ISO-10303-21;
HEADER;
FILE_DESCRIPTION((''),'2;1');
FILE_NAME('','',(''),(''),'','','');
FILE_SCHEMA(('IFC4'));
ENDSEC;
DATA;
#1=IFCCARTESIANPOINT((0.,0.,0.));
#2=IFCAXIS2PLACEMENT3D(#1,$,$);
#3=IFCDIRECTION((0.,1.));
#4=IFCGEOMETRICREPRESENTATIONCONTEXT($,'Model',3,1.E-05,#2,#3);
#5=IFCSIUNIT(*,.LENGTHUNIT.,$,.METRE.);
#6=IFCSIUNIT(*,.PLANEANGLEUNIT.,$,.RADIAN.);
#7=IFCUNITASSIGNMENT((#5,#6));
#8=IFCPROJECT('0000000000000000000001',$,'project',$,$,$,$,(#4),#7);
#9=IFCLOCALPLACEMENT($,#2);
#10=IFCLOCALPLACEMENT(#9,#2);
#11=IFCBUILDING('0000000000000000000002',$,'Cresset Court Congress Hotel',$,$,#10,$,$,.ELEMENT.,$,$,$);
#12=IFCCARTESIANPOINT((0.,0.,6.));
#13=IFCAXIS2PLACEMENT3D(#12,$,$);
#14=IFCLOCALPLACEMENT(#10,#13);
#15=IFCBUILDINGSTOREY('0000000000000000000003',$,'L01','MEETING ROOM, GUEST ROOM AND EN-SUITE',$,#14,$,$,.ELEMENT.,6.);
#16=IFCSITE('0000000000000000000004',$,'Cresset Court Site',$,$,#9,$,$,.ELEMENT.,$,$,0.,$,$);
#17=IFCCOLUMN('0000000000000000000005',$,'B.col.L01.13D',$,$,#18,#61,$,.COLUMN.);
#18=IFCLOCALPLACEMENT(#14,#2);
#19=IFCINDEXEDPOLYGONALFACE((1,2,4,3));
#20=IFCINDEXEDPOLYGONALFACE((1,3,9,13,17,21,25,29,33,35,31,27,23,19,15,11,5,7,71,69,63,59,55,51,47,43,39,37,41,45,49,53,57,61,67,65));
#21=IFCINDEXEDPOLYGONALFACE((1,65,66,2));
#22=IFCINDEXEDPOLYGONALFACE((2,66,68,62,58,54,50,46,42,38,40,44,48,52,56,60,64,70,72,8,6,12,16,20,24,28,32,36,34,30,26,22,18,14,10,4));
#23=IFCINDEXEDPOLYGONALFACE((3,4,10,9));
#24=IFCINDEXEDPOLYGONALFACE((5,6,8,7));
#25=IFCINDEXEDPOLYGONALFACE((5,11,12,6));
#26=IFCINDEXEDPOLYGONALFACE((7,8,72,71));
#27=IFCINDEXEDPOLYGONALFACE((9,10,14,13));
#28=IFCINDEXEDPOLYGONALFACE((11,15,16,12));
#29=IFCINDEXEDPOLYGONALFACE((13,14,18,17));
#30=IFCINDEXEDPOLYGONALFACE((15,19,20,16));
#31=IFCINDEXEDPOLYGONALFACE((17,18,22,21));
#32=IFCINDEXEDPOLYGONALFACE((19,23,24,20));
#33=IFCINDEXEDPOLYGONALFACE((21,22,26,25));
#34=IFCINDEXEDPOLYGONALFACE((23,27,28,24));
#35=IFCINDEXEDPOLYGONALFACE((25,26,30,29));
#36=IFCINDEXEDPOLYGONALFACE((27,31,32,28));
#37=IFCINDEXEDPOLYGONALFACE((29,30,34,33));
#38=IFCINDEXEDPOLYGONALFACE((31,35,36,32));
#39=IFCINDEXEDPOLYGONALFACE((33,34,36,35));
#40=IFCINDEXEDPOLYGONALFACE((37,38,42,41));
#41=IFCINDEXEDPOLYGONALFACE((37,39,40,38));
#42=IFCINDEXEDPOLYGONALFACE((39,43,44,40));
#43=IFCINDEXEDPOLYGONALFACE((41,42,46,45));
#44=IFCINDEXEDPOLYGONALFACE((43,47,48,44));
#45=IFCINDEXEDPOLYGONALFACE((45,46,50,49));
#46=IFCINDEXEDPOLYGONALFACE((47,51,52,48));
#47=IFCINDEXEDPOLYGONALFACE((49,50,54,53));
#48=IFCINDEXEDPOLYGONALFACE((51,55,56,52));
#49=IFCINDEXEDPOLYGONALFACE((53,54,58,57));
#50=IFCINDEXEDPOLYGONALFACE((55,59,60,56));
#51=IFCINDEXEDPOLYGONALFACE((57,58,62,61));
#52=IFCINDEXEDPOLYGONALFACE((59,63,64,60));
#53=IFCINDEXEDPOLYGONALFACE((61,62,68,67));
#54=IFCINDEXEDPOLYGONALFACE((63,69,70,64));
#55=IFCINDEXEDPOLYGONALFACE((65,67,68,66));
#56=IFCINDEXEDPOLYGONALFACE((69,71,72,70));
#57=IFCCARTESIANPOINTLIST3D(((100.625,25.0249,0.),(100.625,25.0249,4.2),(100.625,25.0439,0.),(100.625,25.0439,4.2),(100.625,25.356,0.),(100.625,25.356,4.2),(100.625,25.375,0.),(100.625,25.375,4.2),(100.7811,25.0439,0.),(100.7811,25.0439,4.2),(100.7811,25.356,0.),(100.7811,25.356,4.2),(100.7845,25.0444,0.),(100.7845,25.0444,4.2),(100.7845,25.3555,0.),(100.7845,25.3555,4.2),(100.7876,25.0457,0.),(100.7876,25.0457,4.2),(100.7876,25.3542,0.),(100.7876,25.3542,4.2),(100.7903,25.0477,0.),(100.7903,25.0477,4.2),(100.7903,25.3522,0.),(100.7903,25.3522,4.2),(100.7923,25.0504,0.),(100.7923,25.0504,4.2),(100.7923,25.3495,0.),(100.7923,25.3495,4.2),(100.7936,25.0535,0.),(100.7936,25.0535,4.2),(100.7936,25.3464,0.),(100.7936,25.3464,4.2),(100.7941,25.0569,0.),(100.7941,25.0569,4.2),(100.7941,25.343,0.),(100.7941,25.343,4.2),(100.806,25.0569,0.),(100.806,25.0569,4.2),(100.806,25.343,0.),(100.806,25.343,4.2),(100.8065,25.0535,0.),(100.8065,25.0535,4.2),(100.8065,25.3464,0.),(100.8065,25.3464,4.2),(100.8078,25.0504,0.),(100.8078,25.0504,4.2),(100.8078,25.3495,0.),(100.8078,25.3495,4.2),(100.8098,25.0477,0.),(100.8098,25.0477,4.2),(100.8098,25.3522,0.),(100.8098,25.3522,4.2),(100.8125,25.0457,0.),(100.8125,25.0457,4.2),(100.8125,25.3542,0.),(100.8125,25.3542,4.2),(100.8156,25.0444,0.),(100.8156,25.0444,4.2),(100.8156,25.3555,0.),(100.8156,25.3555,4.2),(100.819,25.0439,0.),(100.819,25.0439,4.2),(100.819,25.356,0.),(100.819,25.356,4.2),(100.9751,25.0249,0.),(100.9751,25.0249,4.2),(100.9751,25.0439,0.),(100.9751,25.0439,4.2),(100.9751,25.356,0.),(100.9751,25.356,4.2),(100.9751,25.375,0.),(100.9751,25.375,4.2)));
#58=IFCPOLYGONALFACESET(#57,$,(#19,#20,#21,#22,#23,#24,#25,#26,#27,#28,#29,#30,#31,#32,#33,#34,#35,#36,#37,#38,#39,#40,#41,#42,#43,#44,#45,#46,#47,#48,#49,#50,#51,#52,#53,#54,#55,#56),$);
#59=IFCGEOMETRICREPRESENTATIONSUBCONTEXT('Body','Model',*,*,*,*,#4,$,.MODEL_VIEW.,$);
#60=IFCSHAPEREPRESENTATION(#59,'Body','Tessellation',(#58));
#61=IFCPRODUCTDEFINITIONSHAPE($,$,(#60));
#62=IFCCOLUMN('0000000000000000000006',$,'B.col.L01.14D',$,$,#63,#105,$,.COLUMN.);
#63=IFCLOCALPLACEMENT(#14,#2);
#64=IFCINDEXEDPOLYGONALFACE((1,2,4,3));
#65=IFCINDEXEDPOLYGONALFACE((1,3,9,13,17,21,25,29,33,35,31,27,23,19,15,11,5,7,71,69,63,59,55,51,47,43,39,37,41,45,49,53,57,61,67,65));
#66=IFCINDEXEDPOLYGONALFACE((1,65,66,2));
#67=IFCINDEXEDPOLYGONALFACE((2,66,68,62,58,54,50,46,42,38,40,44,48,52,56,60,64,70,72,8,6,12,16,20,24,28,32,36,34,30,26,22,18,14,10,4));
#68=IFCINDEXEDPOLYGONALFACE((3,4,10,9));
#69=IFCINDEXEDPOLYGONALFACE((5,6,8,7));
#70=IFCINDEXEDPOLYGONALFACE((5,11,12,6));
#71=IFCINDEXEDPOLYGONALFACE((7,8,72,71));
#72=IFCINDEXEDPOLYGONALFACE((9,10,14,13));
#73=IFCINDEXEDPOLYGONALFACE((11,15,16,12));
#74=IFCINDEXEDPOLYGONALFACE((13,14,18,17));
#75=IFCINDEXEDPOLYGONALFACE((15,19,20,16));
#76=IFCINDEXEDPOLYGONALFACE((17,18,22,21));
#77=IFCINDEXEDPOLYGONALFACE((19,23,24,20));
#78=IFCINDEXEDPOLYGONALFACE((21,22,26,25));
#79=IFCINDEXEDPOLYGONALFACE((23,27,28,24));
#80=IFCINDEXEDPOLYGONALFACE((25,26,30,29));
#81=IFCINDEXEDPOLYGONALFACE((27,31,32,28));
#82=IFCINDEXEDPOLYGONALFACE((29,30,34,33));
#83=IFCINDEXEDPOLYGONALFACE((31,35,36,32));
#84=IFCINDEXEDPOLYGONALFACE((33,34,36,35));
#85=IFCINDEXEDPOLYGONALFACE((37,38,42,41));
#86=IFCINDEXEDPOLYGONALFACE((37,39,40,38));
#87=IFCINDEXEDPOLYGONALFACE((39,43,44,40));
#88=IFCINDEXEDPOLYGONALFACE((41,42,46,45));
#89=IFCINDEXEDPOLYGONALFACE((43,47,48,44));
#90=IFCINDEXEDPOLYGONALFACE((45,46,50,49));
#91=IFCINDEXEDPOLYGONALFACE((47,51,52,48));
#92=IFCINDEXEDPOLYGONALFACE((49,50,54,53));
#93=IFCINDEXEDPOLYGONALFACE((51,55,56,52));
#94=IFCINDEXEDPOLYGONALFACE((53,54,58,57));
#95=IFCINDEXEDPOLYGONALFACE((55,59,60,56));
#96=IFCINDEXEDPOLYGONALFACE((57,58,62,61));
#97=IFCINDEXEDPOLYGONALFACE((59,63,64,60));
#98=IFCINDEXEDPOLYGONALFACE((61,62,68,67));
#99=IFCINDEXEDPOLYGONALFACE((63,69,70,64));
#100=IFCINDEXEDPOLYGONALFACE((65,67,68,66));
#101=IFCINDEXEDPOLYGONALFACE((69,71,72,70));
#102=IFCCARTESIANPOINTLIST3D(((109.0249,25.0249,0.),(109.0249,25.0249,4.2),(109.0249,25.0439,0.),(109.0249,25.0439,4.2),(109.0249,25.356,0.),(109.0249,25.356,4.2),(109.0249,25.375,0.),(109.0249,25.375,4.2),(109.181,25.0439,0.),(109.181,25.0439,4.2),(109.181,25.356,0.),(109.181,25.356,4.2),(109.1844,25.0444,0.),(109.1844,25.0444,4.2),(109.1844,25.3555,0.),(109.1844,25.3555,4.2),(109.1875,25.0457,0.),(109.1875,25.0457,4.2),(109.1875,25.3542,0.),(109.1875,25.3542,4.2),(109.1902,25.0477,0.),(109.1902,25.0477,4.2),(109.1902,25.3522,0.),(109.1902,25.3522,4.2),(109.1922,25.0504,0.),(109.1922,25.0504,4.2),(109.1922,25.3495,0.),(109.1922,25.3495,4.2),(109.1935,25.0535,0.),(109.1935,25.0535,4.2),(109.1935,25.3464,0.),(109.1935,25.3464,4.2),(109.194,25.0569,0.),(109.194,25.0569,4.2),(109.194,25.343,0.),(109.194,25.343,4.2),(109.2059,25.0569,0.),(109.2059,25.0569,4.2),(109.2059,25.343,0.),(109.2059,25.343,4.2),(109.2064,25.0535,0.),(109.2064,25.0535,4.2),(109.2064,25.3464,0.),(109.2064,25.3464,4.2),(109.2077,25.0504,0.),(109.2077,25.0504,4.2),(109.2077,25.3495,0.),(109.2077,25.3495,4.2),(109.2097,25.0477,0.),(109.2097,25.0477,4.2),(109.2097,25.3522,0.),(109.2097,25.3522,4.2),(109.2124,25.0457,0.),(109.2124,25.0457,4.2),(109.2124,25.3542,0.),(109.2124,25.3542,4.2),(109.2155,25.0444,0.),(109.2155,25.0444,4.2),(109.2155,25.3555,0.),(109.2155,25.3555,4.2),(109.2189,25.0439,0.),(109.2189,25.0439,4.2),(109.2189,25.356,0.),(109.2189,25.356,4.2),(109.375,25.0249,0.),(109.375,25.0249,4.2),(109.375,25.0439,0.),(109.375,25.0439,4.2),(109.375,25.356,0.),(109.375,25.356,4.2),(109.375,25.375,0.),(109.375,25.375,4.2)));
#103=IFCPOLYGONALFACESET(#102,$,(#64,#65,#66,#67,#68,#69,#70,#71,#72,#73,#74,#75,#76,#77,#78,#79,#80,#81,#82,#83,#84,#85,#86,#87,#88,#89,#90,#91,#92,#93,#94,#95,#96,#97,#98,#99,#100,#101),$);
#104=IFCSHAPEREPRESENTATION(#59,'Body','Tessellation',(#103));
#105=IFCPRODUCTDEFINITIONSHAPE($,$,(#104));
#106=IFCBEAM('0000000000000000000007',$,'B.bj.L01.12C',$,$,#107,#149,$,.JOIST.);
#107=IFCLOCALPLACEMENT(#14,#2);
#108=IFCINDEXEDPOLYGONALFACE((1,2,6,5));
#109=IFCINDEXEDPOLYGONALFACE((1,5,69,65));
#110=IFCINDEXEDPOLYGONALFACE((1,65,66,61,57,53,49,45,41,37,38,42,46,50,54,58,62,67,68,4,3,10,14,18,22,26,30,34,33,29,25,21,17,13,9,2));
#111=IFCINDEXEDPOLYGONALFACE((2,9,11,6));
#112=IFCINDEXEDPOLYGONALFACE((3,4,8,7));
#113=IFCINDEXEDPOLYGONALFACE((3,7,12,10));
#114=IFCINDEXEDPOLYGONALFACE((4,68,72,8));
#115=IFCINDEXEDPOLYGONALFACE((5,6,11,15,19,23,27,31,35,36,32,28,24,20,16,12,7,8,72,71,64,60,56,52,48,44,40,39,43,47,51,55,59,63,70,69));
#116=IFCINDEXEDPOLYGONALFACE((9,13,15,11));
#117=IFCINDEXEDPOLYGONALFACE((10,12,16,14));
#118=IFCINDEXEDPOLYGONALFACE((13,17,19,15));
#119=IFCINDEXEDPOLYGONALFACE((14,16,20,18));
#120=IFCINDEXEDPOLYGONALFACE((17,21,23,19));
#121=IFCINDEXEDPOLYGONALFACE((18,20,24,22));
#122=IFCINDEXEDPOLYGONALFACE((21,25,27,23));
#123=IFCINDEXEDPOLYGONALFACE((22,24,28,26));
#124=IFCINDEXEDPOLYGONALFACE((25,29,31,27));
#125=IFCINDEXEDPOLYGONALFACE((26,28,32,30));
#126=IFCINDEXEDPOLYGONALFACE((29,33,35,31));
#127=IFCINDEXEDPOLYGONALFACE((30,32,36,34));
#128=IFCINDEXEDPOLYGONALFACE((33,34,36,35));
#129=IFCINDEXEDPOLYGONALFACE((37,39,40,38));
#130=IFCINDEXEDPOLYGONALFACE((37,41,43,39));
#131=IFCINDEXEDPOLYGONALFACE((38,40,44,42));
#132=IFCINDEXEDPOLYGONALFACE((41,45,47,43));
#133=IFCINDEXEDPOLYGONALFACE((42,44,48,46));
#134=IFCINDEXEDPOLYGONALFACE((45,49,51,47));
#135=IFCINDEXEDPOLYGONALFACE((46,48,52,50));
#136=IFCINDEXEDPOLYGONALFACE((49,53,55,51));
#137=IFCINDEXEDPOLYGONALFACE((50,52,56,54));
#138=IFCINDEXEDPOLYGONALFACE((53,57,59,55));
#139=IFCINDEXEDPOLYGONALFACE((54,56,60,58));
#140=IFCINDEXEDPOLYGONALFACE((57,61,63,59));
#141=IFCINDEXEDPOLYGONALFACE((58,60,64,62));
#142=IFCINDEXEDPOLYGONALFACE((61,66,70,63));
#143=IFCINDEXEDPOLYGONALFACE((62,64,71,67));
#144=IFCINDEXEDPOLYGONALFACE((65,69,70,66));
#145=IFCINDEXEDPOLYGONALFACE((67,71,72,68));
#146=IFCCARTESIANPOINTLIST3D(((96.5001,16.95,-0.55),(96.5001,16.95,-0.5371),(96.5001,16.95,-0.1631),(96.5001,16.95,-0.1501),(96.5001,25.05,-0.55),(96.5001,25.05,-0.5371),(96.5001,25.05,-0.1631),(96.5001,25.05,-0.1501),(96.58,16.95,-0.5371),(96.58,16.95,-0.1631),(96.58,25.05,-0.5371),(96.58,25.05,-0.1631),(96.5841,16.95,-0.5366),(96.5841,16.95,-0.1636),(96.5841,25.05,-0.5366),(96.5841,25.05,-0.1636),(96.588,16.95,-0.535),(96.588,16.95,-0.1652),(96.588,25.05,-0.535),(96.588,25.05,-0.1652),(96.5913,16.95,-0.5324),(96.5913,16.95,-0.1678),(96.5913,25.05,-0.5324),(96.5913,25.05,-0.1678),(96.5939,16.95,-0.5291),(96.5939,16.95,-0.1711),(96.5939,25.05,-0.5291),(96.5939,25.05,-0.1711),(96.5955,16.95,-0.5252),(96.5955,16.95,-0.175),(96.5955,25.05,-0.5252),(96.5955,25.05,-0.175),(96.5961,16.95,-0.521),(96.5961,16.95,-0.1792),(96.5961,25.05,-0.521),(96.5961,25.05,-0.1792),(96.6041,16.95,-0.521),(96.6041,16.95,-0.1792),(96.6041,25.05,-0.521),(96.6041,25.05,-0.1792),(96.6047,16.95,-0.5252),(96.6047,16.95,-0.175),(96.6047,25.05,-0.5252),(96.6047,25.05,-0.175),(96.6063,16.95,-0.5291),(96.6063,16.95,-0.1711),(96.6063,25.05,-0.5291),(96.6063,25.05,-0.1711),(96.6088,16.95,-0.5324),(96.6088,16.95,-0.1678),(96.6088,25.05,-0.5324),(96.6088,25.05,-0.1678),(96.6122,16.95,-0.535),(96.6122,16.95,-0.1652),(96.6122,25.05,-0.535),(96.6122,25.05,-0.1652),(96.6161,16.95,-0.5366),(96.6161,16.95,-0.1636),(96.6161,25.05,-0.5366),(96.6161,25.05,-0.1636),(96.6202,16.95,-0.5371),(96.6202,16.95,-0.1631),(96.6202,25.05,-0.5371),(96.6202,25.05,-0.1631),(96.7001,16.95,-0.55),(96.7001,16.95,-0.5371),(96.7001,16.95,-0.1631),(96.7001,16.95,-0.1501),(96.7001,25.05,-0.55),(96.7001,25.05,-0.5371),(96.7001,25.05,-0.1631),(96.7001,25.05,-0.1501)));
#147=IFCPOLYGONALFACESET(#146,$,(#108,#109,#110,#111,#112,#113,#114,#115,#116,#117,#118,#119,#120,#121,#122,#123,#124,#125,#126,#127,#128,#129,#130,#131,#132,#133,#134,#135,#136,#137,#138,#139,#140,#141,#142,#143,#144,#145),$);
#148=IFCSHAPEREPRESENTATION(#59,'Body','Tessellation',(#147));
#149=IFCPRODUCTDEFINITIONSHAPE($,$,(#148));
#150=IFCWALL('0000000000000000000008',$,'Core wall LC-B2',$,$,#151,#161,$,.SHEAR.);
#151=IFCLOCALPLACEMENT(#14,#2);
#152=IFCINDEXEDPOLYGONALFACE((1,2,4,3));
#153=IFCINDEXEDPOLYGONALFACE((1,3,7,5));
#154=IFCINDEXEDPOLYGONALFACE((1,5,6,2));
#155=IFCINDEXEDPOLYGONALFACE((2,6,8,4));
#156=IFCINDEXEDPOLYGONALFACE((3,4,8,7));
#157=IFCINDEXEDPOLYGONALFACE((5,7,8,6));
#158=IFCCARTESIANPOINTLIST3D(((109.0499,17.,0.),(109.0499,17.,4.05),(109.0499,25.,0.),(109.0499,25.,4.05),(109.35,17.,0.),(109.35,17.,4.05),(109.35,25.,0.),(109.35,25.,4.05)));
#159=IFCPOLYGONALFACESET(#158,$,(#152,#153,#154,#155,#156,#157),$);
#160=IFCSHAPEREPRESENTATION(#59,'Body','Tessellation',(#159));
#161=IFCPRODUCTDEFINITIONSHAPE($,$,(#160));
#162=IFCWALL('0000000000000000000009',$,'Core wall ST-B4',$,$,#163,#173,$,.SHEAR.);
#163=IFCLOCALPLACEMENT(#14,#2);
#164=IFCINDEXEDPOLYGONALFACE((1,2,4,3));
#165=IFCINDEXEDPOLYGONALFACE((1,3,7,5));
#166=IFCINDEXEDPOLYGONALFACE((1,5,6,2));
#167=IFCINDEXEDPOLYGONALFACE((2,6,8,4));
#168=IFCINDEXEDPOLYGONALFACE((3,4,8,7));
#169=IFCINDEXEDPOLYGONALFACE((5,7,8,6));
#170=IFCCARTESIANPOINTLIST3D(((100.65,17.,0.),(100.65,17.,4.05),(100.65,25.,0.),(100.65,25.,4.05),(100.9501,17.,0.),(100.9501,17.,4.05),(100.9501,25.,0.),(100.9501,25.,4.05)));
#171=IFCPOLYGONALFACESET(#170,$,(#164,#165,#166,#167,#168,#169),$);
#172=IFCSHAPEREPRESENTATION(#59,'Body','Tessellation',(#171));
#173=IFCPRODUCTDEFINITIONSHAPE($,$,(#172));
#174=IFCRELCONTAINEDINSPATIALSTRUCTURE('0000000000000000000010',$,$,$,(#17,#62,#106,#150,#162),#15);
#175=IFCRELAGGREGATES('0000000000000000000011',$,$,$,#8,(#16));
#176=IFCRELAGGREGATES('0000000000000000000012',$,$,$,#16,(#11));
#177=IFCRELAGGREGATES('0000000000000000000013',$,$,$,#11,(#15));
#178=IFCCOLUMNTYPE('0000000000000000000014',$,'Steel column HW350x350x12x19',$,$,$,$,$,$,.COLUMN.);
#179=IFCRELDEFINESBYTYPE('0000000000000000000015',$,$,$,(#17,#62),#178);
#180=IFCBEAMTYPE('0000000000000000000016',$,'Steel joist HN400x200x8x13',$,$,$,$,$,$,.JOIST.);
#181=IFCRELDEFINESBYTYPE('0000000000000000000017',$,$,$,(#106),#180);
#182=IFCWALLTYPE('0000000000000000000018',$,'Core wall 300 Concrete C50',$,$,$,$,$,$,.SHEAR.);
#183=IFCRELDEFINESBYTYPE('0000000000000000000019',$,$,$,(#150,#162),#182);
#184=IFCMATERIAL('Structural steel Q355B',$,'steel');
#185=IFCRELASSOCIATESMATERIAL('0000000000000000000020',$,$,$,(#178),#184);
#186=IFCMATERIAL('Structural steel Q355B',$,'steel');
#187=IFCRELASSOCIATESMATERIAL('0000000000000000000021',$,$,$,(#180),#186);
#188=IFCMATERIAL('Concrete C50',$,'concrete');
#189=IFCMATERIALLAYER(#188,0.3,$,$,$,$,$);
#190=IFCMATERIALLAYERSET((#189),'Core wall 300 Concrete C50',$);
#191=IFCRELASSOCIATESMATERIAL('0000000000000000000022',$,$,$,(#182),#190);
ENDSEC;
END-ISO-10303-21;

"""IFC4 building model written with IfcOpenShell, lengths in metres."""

from ifc_helpers import new_model, si_unit, direction, frame, frame_2d, origin, origin_2d, place, context, subcontext, project, spatial, rectangle, i_section, extrude, material, layer, layer_set, material_profile, profile_set, type_object, element, save


model = new_model("IFC4")

# Units and contexts
model_context = context("Model", 3, precision=1e-05, world=origin(), true_north=direction((0.0, 1.0)))
body_context = subcontext(model_context, "Body", "Model", "MODEL_VIEW")
ifc_project = project(units=[si_unit("LENGTHUNIT", "METRE"), si_unit("PLANEANGLEUNIT", "RADIAN")], contexts=[model_context])

# Site, building, storey
site_placement = place(None, origin())
site = spatial("IfcSite", under=ifc_project, at=site_placement, Name="Cresset Court Site", CompositionType="ELEMENT", RefElevation=0.0)
building_placement = place(site_placement, origin())
building = spatial("IfcBuilding", under=site, at=building_placement, Name="Cresset Court Congress Hotel", CompositionType="ELEMENT")
storey_placement = place(building_placement, frame((0.0, 0.0, 6.0)))
storey = spatial("IfcBuildingStorey", under=building, at=storey_placement, Name="L01", Description="MEETING ROOM, GUEST ROOM AND EN-SUITE", CompositionType="ELEMENT", Elevation=6.0)

# Columns
ifc_material_1 = material(Name="Structural steel Q355B", Category="steel")
ifc_material_profile_1 = material_profile(ifc_material_1, i_section(OverallWidth=0.3501, OverallDepth=0.3501, WebThickness=0.012, FlangeThickness=0.019, FilletRadius=0.0129, at=origin_2d()), Name="HW350x350x12x19")
ifc_profile_set_1 = profile_set([ifc_material_profile_1], Name="Structural steel Q355B")
column_type = type_object("IfcColumnType", Name="Steel column HW350x350x12x19", PredefinedType="COLUMN", material=ifc_profile_set_1)
for number, where, z_axis, x_axis, name in (
    (1, (100.8, 25.2, 0.0), (0.0, 0.0, 1.0), (1.0, 0.0, 0.0), "B.col.L01.13D"),
    (2, (109.2, 25.2, 0.0), (0.0, 0.0, 1.0), (1.0, 0.0, 0.0), "B.col.L01.14D"),
):
    element("IfcColumn", number, at=place(storey_placement, frame(where, z_axis=z_axis, x_axis=x_axis)), inside=storey, type_object=column_type, Name=name, PredefinedType="COLUMN", context=body_context, shape_type="SweptSolid", body=[
        extrude(i_section(OverallWidth=0.3501, OverallDepth=0.3501, WebThickness=0.012, FlangeThickness=0.019, FilletRadius=0.0129, at=origin_2d()), origin(), (0.0, 0.0, 1.0), 4.2),
    ])

# Beam
ifc_material_2 = material(Name="Structural steel Q355B", Category="steel")
ifc_material_profile_2 = material_profile(ifc_material_2, i_section(OverallWidth=0.2, OverallDepth=0.3999, WebThickness=0.0081, FlangeThickness=0.0129, FilletRadius=0.0161, at=origin_2d()), Name="HN400x200x8x13")
ifc_profile_set_2 = profile_set([ifc_material_profile_2], Name="Structural steel Q355B")
beam_type = type_object("IfcBeamType", Name="Steel joist HN400x200x8x13", PredefinedType="JOIST", material=ifc_profile_set_2)
beam_placement = place(storey_placement, frame((96.6001, 16.95, -0.3501), z_axis=(0.0, 1.0, 0.0), x_axis=(-1.0, 0.0, 0.0)))
element("IfcBeam", 3, at=beam_placement, inside=storey, type_object=beam_type, Name="B.bj.L01.12C", PredefinedType="JOIST", context=body_context, shape_type="SweptSolid", body=[
    extrude(i_section(OverallWidth=0.2, OverallDepth=0.3999, WebThickness=0.0081, FlangeThickness=0.0129, FilletRadius=0.0161, at=origin_2d()), origin(), (0.0, 0.0, 1.0), 8.1001),
])

# Walls
ifc_material_3 = material(Name="Concrete C50", Category="concrete")
ifc_layer_1 = layer(ifc_material_3, 0.3)
ifc_layer_set_1 = layer_set([ifc_layer_1], Name="Core wall 300 Concrete C50")
wall_type_1 = type_object("IfcWallType", Name="Core wall 300 Concrete C50", PredefinedType="SHEAR", material=ifc_layer_set_1)
for number, where, z_axis, x_axis, name in (
    (4, (109.2, 17.0, 0.0), (0.0, 0.0, 1.0), (0.0, 1.0, 0.0), "Core wall LC-B2"),
    (5, (100.8, 17.0, 0.0), (0.0, 0.0, 1.0), (0.0, 1.0, 0.0), "Core wall ST-B4"),
):
    element("IfcWall", number, at=place(storey_placement, frame(where, z_axis=z_axis, x_axis=x_axis)), inside=storey, type_object=wall_type_1, Name=name, PredefinedType="SHEAR", context=body_context, shape_type="SweptSolid", body=[
        extrude(rectangle(XDim=8.0, YDim=0.3, at=frame_2d((4.0, 0.0))), origin(), (0.0, 0.0, 1.0), 4.05),
    ])

save(model, "model.ifc")
